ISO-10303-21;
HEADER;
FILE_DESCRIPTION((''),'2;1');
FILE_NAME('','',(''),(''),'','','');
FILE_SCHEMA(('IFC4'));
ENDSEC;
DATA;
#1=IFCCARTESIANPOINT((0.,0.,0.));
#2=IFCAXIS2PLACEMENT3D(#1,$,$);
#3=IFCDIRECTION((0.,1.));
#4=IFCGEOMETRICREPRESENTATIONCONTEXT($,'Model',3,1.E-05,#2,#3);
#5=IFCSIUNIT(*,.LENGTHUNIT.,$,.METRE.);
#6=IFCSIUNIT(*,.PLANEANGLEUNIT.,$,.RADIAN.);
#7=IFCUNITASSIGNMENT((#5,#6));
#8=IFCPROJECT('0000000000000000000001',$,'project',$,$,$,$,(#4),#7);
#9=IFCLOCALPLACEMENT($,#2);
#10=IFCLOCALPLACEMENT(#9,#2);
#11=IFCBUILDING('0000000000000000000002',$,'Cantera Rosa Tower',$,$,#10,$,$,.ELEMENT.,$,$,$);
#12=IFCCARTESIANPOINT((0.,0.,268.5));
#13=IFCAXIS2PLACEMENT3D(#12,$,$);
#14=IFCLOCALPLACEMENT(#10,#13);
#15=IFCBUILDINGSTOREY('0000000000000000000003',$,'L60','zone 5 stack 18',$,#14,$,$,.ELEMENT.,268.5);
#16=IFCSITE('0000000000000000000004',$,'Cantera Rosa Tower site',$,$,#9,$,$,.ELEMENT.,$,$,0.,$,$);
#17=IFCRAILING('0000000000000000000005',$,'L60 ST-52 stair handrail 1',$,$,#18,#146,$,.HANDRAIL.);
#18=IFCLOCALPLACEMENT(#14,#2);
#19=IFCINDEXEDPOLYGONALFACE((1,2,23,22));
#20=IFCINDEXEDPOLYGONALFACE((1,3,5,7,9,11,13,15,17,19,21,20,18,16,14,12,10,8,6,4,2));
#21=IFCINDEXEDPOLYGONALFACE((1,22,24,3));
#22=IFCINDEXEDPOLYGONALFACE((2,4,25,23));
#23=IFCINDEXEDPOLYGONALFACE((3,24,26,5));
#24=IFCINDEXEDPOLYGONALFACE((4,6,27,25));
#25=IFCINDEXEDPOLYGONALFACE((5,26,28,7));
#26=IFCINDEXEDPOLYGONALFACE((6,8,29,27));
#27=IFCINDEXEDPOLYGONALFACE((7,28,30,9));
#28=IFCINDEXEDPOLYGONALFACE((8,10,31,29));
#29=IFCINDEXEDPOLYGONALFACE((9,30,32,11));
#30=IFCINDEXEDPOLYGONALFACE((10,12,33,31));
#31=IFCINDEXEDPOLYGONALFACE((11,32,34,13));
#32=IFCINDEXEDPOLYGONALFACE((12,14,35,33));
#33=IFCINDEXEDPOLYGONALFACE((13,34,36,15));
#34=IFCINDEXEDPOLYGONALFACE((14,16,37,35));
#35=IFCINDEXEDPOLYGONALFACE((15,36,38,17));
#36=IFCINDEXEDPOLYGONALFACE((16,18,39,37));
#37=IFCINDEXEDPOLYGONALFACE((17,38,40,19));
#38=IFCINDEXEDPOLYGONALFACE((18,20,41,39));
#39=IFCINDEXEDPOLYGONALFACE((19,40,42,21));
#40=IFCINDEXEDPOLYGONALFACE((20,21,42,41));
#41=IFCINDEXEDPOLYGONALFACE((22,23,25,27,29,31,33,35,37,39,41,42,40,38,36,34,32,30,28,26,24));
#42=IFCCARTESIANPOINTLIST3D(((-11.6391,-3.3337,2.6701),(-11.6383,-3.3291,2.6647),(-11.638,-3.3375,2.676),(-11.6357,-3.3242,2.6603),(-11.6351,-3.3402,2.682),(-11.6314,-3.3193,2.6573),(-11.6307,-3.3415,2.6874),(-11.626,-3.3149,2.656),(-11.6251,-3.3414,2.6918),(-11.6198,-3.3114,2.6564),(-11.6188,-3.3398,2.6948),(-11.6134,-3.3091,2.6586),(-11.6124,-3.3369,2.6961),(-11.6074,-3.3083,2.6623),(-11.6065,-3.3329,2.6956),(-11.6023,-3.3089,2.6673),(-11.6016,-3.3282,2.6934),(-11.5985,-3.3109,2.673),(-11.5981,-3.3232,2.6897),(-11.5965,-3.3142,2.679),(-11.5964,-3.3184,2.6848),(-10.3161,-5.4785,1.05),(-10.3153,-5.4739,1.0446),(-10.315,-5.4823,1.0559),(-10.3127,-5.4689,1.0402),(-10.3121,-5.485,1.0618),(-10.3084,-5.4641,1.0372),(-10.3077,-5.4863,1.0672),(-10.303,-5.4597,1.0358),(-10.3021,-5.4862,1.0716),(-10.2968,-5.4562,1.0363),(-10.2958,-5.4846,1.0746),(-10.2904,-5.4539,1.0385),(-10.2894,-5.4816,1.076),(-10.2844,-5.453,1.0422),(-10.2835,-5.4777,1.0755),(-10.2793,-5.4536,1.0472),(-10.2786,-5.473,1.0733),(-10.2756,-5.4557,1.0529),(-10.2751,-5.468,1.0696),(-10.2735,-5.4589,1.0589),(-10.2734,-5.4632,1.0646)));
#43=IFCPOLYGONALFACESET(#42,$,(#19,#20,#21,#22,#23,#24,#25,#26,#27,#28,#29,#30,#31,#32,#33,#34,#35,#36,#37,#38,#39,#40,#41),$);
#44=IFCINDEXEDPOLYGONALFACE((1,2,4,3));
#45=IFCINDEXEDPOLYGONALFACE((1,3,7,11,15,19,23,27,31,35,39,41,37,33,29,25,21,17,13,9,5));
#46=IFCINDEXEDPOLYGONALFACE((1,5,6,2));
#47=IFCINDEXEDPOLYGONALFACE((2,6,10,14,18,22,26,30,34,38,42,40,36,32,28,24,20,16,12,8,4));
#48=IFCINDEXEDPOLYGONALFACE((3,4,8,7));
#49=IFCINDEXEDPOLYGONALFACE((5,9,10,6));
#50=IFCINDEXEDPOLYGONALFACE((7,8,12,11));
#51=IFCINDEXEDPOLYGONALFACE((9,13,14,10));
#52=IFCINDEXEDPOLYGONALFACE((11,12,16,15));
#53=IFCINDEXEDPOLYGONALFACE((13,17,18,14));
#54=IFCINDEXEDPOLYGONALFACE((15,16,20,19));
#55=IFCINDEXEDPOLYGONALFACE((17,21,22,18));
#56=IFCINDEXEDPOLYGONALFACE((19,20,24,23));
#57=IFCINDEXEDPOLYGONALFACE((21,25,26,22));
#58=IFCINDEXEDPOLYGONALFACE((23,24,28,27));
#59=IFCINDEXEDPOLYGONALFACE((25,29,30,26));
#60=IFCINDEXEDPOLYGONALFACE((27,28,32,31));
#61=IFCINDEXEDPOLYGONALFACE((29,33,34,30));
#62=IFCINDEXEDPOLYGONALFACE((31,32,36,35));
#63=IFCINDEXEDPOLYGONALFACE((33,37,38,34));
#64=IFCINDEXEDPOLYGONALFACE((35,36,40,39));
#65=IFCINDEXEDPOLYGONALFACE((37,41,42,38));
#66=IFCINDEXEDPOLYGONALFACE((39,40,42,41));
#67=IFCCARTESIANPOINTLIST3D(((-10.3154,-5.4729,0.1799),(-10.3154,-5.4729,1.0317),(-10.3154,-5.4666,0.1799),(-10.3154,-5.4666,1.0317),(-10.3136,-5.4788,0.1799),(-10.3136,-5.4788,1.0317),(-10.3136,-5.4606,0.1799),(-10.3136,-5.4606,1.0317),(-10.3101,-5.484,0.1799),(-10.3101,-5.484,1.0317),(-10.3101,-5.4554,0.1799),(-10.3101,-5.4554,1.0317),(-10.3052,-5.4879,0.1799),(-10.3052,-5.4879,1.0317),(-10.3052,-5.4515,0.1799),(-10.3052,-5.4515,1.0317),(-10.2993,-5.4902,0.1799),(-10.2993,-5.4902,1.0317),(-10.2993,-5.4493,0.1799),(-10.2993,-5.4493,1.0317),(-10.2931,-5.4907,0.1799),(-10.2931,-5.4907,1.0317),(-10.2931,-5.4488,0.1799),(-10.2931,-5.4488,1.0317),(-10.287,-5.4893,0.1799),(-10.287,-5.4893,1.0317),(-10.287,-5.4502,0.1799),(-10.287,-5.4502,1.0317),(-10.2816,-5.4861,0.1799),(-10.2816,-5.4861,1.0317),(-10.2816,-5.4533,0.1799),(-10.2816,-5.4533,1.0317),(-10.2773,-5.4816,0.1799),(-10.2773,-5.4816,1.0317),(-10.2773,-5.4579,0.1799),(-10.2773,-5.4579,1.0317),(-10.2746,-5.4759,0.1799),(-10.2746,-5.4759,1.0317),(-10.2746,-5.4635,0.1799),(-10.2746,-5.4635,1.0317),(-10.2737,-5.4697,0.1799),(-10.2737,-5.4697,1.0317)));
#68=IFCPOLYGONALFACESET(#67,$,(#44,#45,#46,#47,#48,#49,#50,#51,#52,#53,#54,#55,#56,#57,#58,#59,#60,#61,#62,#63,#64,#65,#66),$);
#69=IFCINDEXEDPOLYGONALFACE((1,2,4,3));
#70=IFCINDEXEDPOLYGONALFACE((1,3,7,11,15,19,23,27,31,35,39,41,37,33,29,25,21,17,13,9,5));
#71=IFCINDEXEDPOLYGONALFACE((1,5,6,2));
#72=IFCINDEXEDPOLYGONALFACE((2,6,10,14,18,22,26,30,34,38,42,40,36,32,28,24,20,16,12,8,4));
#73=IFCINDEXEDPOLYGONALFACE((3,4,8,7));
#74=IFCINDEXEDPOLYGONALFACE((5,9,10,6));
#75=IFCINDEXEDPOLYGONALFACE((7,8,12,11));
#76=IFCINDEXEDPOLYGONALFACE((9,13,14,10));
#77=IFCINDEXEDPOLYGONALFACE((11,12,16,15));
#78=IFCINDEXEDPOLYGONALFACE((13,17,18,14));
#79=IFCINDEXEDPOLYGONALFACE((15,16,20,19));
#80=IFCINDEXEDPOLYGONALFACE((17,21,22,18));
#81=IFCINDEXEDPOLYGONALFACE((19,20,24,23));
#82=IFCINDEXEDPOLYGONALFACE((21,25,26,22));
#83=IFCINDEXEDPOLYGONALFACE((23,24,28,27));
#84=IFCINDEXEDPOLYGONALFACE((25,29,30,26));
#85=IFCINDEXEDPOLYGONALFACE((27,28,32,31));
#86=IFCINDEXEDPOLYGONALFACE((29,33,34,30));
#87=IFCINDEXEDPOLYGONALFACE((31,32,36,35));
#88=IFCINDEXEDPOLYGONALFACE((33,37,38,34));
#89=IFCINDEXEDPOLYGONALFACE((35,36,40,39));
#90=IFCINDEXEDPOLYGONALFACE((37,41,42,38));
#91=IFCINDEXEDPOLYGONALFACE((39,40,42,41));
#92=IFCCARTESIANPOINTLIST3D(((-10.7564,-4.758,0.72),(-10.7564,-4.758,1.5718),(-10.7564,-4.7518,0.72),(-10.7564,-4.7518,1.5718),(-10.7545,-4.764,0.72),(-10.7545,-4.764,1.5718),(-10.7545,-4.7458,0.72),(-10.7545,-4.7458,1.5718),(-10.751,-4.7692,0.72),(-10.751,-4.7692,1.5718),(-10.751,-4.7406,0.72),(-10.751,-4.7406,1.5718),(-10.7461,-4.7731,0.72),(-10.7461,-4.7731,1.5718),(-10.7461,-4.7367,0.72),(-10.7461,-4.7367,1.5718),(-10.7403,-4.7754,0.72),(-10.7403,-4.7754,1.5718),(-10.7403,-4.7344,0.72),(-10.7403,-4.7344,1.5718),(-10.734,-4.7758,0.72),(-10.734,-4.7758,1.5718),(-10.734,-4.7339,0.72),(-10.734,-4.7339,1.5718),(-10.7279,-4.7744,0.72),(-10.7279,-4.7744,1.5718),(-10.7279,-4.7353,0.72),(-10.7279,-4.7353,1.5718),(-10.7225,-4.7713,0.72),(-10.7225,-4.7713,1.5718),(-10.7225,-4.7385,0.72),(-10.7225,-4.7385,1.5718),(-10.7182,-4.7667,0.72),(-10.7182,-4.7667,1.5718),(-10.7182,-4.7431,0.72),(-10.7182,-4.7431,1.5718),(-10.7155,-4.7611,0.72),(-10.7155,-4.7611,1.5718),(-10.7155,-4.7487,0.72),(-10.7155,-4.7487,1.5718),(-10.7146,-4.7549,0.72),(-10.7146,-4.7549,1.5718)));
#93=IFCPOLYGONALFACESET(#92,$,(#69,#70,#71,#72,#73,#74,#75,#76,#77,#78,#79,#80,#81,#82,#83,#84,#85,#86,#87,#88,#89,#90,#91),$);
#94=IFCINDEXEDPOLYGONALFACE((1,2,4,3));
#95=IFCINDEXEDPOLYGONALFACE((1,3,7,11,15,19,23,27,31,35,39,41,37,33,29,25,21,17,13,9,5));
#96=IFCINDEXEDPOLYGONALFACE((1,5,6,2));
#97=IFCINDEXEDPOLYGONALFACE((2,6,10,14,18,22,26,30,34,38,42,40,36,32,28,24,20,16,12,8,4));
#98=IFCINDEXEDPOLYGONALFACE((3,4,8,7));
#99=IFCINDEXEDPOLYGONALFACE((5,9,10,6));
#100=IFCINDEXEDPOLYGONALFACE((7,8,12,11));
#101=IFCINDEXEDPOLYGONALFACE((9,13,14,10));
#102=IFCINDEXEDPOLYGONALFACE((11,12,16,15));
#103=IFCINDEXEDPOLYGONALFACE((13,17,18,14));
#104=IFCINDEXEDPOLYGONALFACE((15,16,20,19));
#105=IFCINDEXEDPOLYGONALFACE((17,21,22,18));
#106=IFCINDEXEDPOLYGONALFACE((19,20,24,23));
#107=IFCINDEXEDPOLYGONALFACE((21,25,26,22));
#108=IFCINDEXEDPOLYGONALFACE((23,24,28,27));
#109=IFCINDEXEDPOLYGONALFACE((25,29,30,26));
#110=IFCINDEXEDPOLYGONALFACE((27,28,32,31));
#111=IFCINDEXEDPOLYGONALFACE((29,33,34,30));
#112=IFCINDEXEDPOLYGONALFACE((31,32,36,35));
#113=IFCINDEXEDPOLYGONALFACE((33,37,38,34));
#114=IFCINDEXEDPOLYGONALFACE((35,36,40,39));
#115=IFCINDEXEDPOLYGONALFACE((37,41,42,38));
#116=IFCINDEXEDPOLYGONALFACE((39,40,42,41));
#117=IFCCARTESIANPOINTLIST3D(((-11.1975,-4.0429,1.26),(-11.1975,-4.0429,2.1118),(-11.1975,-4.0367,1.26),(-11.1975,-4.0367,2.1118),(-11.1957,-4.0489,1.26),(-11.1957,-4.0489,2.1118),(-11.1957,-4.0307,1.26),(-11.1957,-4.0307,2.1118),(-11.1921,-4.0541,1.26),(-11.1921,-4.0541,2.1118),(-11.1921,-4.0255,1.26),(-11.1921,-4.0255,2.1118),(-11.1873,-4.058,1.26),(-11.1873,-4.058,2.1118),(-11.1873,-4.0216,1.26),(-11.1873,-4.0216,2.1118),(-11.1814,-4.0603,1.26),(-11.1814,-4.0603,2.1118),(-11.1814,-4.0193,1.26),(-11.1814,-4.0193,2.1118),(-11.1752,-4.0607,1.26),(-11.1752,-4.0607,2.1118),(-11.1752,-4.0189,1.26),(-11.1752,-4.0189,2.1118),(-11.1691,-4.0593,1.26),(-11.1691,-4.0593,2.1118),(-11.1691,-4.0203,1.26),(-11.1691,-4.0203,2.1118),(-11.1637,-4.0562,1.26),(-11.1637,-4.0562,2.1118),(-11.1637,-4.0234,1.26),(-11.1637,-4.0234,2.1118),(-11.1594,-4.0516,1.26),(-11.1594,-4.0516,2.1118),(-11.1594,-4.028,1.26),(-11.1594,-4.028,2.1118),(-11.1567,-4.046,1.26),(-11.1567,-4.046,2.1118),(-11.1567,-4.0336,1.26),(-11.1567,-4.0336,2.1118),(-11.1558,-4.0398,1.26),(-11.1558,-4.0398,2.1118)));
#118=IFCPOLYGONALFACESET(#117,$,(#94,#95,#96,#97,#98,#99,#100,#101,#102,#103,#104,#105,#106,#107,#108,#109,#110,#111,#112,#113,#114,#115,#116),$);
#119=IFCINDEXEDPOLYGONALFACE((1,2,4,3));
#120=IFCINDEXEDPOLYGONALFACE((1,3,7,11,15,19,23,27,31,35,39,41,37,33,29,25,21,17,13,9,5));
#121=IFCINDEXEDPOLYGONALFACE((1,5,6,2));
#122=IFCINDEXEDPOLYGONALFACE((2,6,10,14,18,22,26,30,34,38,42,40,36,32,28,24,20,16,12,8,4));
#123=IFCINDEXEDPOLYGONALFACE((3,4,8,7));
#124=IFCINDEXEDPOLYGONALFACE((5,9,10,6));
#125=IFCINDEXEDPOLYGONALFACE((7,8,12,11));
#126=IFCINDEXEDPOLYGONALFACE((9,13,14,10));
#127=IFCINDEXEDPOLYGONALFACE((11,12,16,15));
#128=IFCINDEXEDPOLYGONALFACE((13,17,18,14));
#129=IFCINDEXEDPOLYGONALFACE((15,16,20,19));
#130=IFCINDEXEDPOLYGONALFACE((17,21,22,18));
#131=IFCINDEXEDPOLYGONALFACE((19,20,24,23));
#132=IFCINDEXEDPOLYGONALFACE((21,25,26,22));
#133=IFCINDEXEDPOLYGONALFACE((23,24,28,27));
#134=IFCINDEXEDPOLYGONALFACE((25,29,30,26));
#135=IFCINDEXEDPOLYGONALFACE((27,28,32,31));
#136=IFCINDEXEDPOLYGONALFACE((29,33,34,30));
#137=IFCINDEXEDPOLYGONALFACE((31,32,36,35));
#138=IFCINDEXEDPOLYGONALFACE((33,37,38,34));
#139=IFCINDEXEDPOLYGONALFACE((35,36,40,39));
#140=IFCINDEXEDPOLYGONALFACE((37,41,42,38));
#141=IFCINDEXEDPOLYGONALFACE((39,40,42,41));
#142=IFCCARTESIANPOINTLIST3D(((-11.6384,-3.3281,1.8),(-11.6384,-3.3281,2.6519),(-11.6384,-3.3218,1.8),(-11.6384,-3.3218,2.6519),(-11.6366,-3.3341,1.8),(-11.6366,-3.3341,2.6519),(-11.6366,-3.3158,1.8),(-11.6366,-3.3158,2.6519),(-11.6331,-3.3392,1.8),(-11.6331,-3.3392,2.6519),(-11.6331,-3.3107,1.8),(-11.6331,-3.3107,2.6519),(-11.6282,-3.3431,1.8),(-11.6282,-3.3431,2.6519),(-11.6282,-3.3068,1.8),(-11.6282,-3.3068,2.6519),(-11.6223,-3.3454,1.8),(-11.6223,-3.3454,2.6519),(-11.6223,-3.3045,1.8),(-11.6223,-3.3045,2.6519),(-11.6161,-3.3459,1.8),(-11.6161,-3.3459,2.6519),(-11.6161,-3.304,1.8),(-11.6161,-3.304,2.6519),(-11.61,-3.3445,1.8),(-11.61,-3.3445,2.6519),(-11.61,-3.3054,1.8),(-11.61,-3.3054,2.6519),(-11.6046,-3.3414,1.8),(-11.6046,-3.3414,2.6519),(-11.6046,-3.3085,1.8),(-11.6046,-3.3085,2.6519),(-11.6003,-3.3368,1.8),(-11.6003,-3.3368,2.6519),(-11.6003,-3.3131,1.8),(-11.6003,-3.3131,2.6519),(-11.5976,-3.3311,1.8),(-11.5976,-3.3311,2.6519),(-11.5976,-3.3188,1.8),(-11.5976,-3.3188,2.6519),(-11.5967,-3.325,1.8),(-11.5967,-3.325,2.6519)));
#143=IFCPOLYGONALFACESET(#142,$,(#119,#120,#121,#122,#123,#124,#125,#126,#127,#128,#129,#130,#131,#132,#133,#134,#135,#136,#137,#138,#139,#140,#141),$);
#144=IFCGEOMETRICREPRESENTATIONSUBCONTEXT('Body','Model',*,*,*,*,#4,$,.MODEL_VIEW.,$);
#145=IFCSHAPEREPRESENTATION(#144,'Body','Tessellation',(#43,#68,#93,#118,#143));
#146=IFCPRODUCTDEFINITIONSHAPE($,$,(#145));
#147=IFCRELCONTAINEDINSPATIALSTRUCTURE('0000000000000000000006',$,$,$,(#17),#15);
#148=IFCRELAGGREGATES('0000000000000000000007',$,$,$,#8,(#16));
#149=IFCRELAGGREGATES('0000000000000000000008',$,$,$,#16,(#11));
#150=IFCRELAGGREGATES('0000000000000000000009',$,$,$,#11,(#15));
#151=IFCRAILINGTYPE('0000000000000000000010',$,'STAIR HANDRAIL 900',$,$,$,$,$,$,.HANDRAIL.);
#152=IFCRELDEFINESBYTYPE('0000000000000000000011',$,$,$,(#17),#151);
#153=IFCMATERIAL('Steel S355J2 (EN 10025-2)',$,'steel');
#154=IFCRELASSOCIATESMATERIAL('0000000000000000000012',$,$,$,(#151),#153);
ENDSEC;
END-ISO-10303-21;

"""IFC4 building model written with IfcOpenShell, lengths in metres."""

from ifc_helpers import new_model, si_unit, direction, frame, origin, origin_2d, place, context, subcontext, project, spatial, circle, extrude, material, type_object, element, save


model = new_model("IFC4")

# Units and contexts
model_context = context("Model", 3, precision=1e-05, world=origin(), true_north=direction((0.0, 1.0)))
body_context = subcontext(model_context, "Body", "Model", "MODEL_VIEW")
ifc_project = project(units=[si_unit("LENGTHUNIT", "METRE"), si_unit("PLANEANGLEUNIT", "RADIAN")], contexts=[model_context])

# Site, building, storey
site_placement = place(None, origin())
site = spatial("IfcSite", under=ifc_project, at=site_placement, Name="Cantera Rosa Tower site", CompositionType="ELEMENT", RefElevation=0.0)
building_placement = place(site_placement, origin())
building = spatial("IfcBuilding", under=site, at=building_placement, Name="Cantera Rosa Tower", CompositionType="ELEMENT")
storey_placement = place(building_placement, frame((0.0, 0.0, 268.5)))
storey = spatial("IfcBuildingStorey", under=building, at=storey_placement, Name="L60", Description="zone 5 stack 18", CompositionType="ELEMENT", Elevation=268.5)

# Railing
ifc_material_1 = material(Name="Steel S355J2 (EN 10025-2)", Category="steel")
railing_type_1 = type_object("IfcRailingType", Name="STAIR HANDRAIL 900", PredefinedType="HANDRAIL", material=ifc_material_1)
railing_1_placement = place(storey_placement, frame((-10.2947, -5.4697, 0.1799)))
element("IfcRailing", 1, at=railing_1_placement, inside=storey, type_object=railing_type_1, Name="L60 ST-52 stair handrail 1", PredefinedType="HANDRAIL", context=body_context, shape_type="SweptSolid", body=[
    extrude(circle(Radius=0.0239, at=origin_2d()), frame((0.0, 0.0, 0.876), z_axis=(-0.441609, 0.715914, 0.540786), x_axis=(-0.851102, -0.525, 0.0)), (0.0, 0.0, 1.0), 2.9958),
    extrude(circle(Radius=0.021, at=origin_2d()), origin(), (0.0, 0.0, 1.0), 0.8518),
    extrude(circle(Radius=0.021, at=origin_2d()), frame((-0.4409, 0.7148, 0.54)), (0.0, 0.0, 1.0), 0.8518),
    extrude(circle(Radius=0.021, at=origin_2d()), frame((-0.8821, 1.4299, 1.0801)), (0.0, 0.0, 1.0), 0.8518),
    extrude(circle(Radius=0.021, at=origin_2d()), frame((-1.323, 2.1448, 1.6201)), (0.0, 0.0, 1.0), 0.8518),
])

save(model, "model.ifc")
